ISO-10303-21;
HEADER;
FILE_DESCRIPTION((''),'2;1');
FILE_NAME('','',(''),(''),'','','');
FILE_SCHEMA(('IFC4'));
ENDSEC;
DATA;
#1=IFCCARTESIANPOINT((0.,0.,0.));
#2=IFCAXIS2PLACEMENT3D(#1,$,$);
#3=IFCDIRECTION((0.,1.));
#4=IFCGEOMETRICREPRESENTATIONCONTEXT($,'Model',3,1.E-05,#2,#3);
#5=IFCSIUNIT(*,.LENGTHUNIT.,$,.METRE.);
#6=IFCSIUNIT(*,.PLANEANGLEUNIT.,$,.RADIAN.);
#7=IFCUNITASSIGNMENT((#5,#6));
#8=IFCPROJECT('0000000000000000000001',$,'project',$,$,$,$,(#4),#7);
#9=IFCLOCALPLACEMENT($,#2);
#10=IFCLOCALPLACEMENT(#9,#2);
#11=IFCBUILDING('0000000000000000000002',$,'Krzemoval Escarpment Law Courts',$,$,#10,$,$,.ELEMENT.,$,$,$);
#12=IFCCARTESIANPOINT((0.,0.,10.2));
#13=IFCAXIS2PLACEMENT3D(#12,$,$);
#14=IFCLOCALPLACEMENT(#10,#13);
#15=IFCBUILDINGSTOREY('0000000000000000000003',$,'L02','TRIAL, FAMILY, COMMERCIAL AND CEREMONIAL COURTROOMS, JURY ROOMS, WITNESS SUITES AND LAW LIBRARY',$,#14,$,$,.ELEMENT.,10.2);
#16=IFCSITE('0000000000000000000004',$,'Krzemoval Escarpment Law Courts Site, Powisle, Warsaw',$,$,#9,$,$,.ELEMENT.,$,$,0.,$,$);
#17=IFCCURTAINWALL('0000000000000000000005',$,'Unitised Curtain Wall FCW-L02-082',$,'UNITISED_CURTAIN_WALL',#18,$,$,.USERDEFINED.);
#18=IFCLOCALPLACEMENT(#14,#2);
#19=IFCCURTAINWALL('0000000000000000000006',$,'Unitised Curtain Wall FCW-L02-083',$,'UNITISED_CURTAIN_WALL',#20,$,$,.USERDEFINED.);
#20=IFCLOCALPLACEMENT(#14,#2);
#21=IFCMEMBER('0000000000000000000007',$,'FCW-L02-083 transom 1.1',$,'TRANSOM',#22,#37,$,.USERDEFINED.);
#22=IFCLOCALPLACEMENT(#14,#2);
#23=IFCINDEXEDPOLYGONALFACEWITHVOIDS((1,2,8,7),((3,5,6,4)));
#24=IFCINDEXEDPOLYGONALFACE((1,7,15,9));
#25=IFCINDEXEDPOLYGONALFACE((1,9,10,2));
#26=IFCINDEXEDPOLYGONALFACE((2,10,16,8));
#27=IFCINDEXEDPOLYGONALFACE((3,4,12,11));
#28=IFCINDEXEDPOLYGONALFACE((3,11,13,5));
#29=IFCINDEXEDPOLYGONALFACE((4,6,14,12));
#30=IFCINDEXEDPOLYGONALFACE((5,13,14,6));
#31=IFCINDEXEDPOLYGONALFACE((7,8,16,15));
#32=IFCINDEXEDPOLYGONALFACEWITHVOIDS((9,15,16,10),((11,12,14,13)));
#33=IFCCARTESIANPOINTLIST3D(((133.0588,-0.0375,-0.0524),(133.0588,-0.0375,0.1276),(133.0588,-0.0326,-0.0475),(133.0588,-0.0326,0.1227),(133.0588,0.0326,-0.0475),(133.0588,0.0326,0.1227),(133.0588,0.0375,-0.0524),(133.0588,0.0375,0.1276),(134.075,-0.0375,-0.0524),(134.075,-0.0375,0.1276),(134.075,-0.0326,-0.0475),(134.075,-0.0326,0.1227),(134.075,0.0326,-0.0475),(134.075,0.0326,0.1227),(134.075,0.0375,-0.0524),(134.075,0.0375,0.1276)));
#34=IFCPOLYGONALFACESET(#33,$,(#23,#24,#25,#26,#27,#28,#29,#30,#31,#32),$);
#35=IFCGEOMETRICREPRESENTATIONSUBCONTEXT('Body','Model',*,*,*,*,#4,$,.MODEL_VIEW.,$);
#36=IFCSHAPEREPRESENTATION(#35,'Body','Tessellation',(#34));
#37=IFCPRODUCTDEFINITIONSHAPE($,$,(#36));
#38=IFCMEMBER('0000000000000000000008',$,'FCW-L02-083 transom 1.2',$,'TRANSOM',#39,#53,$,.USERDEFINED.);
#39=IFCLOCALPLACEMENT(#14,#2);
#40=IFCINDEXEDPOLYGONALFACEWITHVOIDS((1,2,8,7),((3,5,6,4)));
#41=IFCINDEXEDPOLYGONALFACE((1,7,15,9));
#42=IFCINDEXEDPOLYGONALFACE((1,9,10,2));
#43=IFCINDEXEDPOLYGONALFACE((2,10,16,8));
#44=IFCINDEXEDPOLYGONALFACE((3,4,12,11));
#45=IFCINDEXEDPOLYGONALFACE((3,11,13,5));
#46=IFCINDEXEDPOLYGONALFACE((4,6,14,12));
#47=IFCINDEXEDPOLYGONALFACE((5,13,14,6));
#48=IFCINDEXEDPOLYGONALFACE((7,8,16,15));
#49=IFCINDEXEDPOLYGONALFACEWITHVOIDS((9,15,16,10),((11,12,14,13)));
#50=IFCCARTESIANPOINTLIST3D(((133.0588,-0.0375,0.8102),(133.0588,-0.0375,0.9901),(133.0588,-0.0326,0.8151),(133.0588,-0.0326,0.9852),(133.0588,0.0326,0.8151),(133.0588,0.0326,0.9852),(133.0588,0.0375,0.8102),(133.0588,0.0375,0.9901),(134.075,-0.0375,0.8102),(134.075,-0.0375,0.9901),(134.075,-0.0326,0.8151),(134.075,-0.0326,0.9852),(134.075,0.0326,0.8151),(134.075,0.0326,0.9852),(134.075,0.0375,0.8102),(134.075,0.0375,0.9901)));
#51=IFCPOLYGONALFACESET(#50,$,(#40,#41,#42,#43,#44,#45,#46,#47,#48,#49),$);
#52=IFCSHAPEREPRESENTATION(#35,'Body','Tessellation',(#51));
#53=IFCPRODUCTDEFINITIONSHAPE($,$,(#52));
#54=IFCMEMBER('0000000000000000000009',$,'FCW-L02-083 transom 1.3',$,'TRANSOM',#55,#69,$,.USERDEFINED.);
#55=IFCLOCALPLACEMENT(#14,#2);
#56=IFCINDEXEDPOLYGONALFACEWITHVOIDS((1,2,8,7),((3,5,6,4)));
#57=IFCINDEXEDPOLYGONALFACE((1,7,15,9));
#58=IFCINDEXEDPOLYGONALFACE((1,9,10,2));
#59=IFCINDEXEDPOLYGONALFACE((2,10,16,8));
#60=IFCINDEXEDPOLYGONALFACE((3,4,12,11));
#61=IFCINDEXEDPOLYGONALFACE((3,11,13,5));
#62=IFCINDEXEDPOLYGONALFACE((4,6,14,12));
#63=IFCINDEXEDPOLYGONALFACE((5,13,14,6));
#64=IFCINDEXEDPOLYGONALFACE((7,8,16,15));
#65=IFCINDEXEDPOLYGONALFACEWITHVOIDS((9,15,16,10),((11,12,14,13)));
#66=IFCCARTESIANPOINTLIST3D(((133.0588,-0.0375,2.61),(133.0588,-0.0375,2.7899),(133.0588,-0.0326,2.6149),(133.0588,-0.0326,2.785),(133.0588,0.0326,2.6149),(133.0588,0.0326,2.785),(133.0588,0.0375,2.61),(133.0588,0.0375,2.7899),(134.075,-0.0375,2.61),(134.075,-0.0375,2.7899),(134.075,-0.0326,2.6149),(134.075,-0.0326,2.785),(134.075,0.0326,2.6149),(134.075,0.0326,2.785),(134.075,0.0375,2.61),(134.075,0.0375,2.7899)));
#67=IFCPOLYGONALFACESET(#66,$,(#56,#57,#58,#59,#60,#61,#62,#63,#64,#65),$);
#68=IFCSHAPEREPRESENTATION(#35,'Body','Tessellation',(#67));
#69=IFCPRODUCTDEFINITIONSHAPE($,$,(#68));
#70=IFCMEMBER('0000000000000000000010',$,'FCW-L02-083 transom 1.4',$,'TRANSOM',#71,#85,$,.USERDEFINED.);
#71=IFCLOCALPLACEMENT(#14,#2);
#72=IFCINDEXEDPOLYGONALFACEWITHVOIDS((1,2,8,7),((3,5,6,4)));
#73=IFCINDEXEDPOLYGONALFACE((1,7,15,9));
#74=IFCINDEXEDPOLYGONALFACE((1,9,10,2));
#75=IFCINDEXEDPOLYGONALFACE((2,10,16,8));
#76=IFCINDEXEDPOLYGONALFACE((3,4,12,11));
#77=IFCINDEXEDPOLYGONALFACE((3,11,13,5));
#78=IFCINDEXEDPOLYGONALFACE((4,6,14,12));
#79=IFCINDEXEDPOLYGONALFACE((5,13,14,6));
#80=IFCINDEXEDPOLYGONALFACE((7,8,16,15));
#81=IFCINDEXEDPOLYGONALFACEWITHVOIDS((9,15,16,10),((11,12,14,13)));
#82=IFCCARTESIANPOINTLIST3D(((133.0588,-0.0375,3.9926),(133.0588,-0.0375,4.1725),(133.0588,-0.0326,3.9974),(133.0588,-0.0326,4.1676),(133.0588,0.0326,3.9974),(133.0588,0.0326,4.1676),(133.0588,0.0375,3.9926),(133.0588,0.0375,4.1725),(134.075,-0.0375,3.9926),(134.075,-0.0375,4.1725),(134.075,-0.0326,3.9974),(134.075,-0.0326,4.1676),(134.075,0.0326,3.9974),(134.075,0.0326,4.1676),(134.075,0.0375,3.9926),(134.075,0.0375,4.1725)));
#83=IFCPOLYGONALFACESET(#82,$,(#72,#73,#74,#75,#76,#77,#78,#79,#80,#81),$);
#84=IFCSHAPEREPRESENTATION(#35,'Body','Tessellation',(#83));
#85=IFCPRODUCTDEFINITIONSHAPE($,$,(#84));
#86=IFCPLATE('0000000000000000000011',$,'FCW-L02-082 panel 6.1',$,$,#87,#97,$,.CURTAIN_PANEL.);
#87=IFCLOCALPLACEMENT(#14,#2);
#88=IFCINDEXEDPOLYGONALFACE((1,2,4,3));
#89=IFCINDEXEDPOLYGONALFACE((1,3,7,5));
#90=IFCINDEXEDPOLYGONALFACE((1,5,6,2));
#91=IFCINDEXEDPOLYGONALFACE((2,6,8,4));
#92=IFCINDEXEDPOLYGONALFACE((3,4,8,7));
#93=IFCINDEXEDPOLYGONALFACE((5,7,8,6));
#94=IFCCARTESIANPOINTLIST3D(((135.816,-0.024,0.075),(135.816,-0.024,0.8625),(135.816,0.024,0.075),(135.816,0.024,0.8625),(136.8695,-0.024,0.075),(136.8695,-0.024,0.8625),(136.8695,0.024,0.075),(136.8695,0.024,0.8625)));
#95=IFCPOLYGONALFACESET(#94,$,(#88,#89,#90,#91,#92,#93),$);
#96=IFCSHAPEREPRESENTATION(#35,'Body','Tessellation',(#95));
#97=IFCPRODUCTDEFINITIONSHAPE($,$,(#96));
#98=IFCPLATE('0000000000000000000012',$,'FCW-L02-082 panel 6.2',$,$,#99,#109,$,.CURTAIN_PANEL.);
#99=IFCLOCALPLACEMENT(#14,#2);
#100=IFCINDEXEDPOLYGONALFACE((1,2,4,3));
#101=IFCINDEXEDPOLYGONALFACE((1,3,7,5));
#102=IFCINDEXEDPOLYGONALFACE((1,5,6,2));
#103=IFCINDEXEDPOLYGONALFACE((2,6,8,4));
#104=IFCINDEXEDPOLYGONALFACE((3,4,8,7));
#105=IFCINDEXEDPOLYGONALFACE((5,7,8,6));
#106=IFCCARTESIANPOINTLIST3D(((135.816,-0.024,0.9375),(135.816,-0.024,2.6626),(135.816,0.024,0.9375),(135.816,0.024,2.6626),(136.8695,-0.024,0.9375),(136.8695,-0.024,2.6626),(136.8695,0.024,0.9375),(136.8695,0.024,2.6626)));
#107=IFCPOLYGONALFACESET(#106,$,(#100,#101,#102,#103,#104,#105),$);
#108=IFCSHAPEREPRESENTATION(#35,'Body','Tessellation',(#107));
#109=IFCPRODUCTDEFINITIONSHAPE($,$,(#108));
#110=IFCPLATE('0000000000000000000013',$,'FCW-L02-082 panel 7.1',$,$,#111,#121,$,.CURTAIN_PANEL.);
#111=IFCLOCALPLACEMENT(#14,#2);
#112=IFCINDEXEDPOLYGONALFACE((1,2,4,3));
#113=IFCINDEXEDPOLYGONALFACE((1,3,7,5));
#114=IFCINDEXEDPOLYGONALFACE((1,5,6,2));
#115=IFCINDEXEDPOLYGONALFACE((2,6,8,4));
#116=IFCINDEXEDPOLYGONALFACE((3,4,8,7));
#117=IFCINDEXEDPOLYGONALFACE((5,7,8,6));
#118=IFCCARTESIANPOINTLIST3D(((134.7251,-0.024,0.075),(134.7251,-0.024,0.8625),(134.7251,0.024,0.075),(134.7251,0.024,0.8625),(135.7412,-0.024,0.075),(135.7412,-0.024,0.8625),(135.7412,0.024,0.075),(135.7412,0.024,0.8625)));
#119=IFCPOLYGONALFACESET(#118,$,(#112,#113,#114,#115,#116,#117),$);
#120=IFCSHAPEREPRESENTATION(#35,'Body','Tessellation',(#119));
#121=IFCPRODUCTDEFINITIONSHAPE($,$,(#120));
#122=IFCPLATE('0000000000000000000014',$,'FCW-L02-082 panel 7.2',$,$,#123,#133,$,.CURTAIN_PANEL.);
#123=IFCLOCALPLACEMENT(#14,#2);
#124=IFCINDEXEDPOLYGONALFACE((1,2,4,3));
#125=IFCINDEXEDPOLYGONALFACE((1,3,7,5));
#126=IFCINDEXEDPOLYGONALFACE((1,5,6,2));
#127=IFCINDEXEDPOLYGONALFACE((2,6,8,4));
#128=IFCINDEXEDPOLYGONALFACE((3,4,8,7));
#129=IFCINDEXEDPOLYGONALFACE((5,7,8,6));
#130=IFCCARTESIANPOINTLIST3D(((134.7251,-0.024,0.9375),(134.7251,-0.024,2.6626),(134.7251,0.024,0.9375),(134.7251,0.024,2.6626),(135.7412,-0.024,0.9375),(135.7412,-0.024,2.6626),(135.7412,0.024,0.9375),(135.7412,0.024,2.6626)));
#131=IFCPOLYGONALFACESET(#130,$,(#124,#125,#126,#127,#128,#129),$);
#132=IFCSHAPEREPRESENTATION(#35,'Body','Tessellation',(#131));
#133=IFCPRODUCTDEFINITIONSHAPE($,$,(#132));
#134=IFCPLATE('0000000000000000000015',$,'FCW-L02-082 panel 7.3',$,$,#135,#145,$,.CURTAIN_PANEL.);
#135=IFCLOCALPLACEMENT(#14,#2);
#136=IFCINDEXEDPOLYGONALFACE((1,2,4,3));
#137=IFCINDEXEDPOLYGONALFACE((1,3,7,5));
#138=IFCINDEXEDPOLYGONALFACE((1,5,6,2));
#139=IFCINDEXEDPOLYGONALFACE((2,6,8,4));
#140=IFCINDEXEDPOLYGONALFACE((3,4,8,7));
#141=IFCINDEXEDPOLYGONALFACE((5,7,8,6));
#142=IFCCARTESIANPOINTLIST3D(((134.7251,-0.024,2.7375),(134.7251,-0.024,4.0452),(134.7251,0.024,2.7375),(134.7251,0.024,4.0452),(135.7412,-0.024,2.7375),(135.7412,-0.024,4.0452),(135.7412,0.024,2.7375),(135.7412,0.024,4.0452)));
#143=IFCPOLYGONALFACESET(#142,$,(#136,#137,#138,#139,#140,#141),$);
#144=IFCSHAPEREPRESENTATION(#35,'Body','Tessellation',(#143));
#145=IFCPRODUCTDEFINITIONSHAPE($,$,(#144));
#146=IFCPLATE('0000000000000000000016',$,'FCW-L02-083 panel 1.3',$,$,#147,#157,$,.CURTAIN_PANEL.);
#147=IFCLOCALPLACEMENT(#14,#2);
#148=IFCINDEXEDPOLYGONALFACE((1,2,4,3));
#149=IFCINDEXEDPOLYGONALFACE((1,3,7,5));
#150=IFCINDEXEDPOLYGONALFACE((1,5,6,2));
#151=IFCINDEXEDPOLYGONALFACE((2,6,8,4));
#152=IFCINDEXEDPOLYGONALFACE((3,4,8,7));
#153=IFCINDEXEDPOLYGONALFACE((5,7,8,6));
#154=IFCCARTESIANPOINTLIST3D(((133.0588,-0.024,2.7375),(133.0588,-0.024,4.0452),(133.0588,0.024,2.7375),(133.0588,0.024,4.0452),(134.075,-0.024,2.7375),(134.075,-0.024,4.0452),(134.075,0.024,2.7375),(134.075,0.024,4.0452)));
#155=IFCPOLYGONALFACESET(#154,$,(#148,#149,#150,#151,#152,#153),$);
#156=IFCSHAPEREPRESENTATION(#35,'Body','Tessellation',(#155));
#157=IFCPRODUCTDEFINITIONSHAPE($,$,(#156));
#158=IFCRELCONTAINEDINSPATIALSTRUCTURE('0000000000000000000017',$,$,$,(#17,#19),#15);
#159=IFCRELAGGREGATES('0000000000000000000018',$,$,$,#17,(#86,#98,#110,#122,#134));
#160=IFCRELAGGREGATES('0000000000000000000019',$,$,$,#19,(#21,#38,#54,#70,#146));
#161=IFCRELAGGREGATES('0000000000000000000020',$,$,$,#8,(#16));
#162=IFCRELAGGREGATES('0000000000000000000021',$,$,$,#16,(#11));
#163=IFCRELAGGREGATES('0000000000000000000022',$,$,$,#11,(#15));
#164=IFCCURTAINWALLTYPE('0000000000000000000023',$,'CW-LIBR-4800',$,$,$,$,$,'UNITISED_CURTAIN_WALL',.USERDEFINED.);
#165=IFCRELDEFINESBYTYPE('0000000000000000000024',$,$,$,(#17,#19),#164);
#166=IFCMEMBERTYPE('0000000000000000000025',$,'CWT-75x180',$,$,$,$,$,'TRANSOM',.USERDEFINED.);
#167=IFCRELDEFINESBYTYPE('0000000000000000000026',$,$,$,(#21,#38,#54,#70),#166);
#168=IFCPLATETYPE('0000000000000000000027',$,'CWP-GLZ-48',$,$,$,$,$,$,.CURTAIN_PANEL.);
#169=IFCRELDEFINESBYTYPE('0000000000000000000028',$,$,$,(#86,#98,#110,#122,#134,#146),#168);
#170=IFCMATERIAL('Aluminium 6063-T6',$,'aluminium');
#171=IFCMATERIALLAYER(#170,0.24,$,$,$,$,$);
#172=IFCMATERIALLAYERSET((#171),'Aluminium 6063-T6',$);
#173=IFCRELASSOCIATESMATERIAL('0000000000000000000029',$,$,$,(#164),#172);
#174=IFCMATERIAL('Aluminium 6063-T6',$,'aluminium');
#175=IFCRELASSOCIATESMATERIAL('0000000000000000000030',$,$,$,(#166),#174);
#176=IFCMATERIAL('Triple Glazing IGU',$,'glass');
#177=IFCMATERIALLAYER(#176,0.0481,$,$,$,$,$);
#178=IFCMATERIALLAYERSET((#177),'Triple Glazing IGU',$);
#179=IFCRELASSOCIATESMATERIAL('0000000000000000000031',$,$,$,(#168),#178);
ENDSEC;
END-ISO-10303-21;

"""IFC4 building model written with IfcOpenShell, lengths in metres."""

from ifc_helpers import new_model, si_unit, direction, frame, origin, origin_2d, place, context, subcontext, project, spatial, rectangle, hollow_rectangle, extrude, material, layer, layer_set, material_profile, profile_set, type_object, element, aggregate, save


model = new_model("IFC4")

# Units and contexts
model_context = context("Model", 3, precision=1e-05, world=origin(), true_north=direction((0.0, 1.0)))
body_context = subcontext(model_context, "Body", "Model", "MODEL_VIEW")
ifc_project = project(units=[si_unit("LENGTHUNIT", "METRE"), si_unit("PLANEANGLEUNIT", "RADIAN")], contexts=[model_context])

# Site, building, storey
site_placement = place(None, origin())
site = spatial("IfcSite", under=ifc_project, at=site_placement, Name="Krzemoval Escarpment Law Courts Site, Powisle, Warsaw", CompositionType="ELEMENT", RefElevation=0.0)
building_placement = place(site_placement, origin())
building = spatial("IfcBuilding", under=site, at=building_placement, Name="Krzemoval Escarpment Law Courts", CompositionType="ELEMENT")
storey_placement = place(building_placement, frame((0.0, 0.0, 10.2)))
storey = spatial("IfcBuildingStorey", under=building, at=storey_placement, Name="L02", Description="TRIAL, FAMILY, COMMERCIAL AND CEREMONIAL COURTROOMS, JURY ROOMS, WITNESS SUITES AND LAW LIBRARY", CompositionType="ELEMENT", Elevation=10.2)

# Curtain wall
ifc_material_1 = material(Name="Aluminium 6063-T6", Category="aluminium")
ifc_layer_1 = layer(ifc_material_1, 0.24)
ifc_layer_set_1 = layer_set([ifc_layer_1], Name="Aluminium 6063-T6")
curtain_wall_type = type_object("IfcCurtainWallType", Name="CW-LIBR-4800", ElementType="UNITISED_CURTAIN_WALL", PredefinedType="USERDEFINED", material=ifc_layer_set_1)
curtain_wall_1_placement = place(storey_placement, origin())
curtain_wall_1 = element("IfcCurtainWall", 1, at=curtain_wall_1_placement, inside=storey, type_object=curtain_wall_type, Name="Unitised Curtain Wall FCW-L02-082", ObjectType="UNITISED_CURTAIN_WALL", PredefinedType="USERDEFINED")

# Curtain wall
curtain_wall_2_placement = place(storey_placement, origin())
curtain_wall_2 = element("IfcCurtainWall", 2, at=curtain_wall_2_placement, inside=storey, type_object=curtain_wall_type, Name="Unitised Curtain Wall FCW-L02-083", ObjectType="UNITISED_CURTAIN_WALL", PredefinedType="USERDEFINED")

# Members
ifc_material_2 = material(Name="Aluminium 6063-T6", Category="aluminium")
ifc_material_profile_1 = material_profile(ifc_material_2, hollow_rectangle(XDim=0.075, YDim=0.1799, WallThickness=0.0049, at=origin_2d()), Name="ALU T75x180")
ifc_profile_set_1 = profile_set([ifc_material_profile_1], Name="Aluminium 6063-T6")
member_type_1 = type_object("IfcMemberType", Name="CWT-75x180", ElementType="TRANSOM", PredefinedType="USERDEFINED", material=ifc_profile_set_1)
member_1_placement = place(storey_placement, frame((134.075, 0.0, 0.0376), z_axis=(-1.0, 0.0, 0.0), x_axis=(0.0, -1.0, 0.0)))
member_1 = element("IfcMember", 3, at=member_1_placement, type_object=member_type_1, Name="FCW-L02-083 transom 1.1", ObjectType="TRANSOM", PredefinedType="USERDEFINED", context=body_context, shape_type="SweptSolid", body=[
    extrude(hollow_rectangle(XDim=0.075, YDim=0.1799, WallThickness=0.0049, at=origin_2d()), origin(), (0.0, 0.0, 1.0), 1.0161),
])
member_2_placement = place(storey_placement, frame((134.075, 0.0, 0.9001), z_axis=(-1.0, 0.0, 0.0), x_axis=(0.0, -1.0, 0.0)))
member_2 = element("IfcMember", 4, at=member_2_placement, type_object=member_type_1, Name="FCW-L02-083 transom 1.2", ObjectType="TRANSOM", PredefinedType="USERDEFINED", context=body_context, shape_type="SweptSolid", body=[
    extrude(hollow_rectangle(XDim=0.075, YDim=0.1799, WallThickness=0.0049, at=origin_2d()), origin(), (0.0, 0.0, 1.0), 1.0161),
])
member_3_placement = place(storey_placement, frame((134.075, 0.0, 2.7), z_axis=(-1.0, 0.0, 0.0), x_axis=(0.0, -1.0, 0.0)))
member_3 = element("IfcMember", 5, at=member_3_placement, type_object=member_type_1, Name="FCW-L02-083 transom 1.3", ObjectType="TRANSOM", PredefinedType="USERDEFINED", context=body_context, shape_type="SweptSolid", body=[
    extrude(hollow_rectangle(XDim=0.075, YDim=0.1799, WallThickness=0.0049, at=origin_2d()), origin(), (0.0, 0.0, 1.0), 1.0161),
])
member_4_placement = place(storey_placement, frame((134.075, 0.0, 4.0825), z_axis=(-1.0, 0.0, 0.0), x_axis=(0.0, -1.0, 0.0)))
member_4 = element("IfcMember", 6, at=member_4_placement, type_object=member_type_1, Name="FCW-L02-083 transom 1.4", ObjectType="TRANSOM", PredefinedType="USERDEFINED", context=body_context, shape_type="SweptSolid", body=[
    extrude(hollow_rectangle(XDim=0.075, YDim=0.1799, WallThickness=0.0049, at=origin_2d()), origin(), (0.0, 0.0, 1.0), 1.0161),
])

# Plates
ifc_material_3 = material(Name="Triple Glazing IGU", Category="glass")
ifc_layer_2 = layer(ifc_material_3, 0.0481)
ifc_layer_set_2 = layer_set([ifc_layer_2], Name="Triple Glazing IGU")
plate_type = type_object("IfcPlateType", Name="CWP-GLZ-48", PredefinedType="CURTAIN_PANEL", material=ifc_layer_set_2)
plate_1_placement = place(storey_placement, frame((136.3428, 0.0, 0.075), z_axis=(0.0, 0.0, 1.0), x_axis=(-1.0, 0.0, 0.0)))
plate_1 = element("IfcPlate", 7, at=plate_1_placement, type_object=plate_type, Name="FCW-L02-082 panel 6.1", PredefinedType="CURTAIN_PANEL", context=body_context, shape_type="SweptSolid", body=[
    extrude(rectangle(XDim=1.0535, YDim=0.0481, at=origin_2d()), origin(), (0.0, 0.0, 1.0), 0.7876),
])
plate_2_placement = place(storey_placement, frame((136.3428, 0.0, 0.9375), z_axis=(0.0, 0.0, 1.0), x_axis=(-1.0, 0.0, 0.0)))
plate_2 = element("IfcPlate", 8, at=plate_2_placement, type_object=plate_type, Name="FCW-L02-082 panel 6.2", PredefinedType="CURTAIN_PANEL", context=body_context, shape_type="SweptSolid", body=[
    extrude(rectangle(XDim=1.0535, YDim=0.0481, at=origin_2d()), origin(), (0.0, 0.0, 1.0), 1.7251),
])
plate_3_placement = place(storey_placement, frame((135.2332, 0.0, 0.075), z_axis=(0.0, 0.0, 1.0), x_axis=(-1.0, 0.0, 0.0)))
plate_3 = element("IfcPlate", 9, at=plate_3_placement, type_object=plate_type, Name="FCW-L02-082 panel 7.1", PredefinedType="CURTAIN_PANEL", context=body_context, shape_type="SweptSolid", body=[
    extrude(rectangle(XDim=1.0161, YDim=0.0481, at=origin_2d()), origin(), (0.0, 0.0, 1.0), 0.7876),
])
plate_4_placement = place(storey_placement, frame((135.2332, 0.0, 0.9375), z_axis=(0.0, 0.0, 1.0), x_axis=(-1.0, 0.0, 0.0)))
plate_4 = element("IfcPlate", 10, at=plate_4_placement, type_object=plate_type, Name="FCW-L02-082 panel 7.2", PredefinedType="CURTAIN_PANEL", context=body_context, shape_type="SweptSolid", body=[
    extrude(rectangle(XDim=1.0161, YDim=0.0481, at=origin_2d()), origin(), (0.0, 0.0, 1.0), 1.7251),
])
plate_5_placement = place(storey_placement, frame((135.2332, 0.0, 2.7375), z_axis=(0.0, 0.0, 1.0), x_axis=(-1.0, 0.0, 0.0)))
plate_5 = element("IfcPlate", 11, at=plate_5_placement, type_object=plate_type, Name="FCW-L02-082 panel 7.3", PredefinedType="CURTAIN_PANEL", context=body_context, shape_type="SweptSolid", body=[
    extrude(rectangle(XDim=1.0161, YDim=0.0481, at=origin_2d()), origin(), (0.0, 0.0, 1.0), 1.3076),
])
aggregate(curtain_wall_1, [plate_1, plate_2, plate_3, plate_4, plate_5])
plate_6_placement = place(storey_placement, frame((133.5669, 0.0, 2.7375), z_axis=(0.0, 0.0, 1.0), x_axis=(-1.0, 0.0, 0.0)))
plate_6 = element("IfcPlate", 12, at=plate_6_placement, type_object=plate_type, Name="FCW-L02-083 panel 1.3", PredefinedType="CURTAIN_PANEL", context=body_context, shape_type="SweptSolid", body=[
    extrude(rectangle(XDim=1.0161, YDim=0.0481, at=origin_2d()), origin(), (0.0, 0.0, 1.0), 1.3076),
])
aggregate(curtain_wall_2, [member_1, member_2, member_3, member_4, plate_6])

save(model, "model.ifc")
